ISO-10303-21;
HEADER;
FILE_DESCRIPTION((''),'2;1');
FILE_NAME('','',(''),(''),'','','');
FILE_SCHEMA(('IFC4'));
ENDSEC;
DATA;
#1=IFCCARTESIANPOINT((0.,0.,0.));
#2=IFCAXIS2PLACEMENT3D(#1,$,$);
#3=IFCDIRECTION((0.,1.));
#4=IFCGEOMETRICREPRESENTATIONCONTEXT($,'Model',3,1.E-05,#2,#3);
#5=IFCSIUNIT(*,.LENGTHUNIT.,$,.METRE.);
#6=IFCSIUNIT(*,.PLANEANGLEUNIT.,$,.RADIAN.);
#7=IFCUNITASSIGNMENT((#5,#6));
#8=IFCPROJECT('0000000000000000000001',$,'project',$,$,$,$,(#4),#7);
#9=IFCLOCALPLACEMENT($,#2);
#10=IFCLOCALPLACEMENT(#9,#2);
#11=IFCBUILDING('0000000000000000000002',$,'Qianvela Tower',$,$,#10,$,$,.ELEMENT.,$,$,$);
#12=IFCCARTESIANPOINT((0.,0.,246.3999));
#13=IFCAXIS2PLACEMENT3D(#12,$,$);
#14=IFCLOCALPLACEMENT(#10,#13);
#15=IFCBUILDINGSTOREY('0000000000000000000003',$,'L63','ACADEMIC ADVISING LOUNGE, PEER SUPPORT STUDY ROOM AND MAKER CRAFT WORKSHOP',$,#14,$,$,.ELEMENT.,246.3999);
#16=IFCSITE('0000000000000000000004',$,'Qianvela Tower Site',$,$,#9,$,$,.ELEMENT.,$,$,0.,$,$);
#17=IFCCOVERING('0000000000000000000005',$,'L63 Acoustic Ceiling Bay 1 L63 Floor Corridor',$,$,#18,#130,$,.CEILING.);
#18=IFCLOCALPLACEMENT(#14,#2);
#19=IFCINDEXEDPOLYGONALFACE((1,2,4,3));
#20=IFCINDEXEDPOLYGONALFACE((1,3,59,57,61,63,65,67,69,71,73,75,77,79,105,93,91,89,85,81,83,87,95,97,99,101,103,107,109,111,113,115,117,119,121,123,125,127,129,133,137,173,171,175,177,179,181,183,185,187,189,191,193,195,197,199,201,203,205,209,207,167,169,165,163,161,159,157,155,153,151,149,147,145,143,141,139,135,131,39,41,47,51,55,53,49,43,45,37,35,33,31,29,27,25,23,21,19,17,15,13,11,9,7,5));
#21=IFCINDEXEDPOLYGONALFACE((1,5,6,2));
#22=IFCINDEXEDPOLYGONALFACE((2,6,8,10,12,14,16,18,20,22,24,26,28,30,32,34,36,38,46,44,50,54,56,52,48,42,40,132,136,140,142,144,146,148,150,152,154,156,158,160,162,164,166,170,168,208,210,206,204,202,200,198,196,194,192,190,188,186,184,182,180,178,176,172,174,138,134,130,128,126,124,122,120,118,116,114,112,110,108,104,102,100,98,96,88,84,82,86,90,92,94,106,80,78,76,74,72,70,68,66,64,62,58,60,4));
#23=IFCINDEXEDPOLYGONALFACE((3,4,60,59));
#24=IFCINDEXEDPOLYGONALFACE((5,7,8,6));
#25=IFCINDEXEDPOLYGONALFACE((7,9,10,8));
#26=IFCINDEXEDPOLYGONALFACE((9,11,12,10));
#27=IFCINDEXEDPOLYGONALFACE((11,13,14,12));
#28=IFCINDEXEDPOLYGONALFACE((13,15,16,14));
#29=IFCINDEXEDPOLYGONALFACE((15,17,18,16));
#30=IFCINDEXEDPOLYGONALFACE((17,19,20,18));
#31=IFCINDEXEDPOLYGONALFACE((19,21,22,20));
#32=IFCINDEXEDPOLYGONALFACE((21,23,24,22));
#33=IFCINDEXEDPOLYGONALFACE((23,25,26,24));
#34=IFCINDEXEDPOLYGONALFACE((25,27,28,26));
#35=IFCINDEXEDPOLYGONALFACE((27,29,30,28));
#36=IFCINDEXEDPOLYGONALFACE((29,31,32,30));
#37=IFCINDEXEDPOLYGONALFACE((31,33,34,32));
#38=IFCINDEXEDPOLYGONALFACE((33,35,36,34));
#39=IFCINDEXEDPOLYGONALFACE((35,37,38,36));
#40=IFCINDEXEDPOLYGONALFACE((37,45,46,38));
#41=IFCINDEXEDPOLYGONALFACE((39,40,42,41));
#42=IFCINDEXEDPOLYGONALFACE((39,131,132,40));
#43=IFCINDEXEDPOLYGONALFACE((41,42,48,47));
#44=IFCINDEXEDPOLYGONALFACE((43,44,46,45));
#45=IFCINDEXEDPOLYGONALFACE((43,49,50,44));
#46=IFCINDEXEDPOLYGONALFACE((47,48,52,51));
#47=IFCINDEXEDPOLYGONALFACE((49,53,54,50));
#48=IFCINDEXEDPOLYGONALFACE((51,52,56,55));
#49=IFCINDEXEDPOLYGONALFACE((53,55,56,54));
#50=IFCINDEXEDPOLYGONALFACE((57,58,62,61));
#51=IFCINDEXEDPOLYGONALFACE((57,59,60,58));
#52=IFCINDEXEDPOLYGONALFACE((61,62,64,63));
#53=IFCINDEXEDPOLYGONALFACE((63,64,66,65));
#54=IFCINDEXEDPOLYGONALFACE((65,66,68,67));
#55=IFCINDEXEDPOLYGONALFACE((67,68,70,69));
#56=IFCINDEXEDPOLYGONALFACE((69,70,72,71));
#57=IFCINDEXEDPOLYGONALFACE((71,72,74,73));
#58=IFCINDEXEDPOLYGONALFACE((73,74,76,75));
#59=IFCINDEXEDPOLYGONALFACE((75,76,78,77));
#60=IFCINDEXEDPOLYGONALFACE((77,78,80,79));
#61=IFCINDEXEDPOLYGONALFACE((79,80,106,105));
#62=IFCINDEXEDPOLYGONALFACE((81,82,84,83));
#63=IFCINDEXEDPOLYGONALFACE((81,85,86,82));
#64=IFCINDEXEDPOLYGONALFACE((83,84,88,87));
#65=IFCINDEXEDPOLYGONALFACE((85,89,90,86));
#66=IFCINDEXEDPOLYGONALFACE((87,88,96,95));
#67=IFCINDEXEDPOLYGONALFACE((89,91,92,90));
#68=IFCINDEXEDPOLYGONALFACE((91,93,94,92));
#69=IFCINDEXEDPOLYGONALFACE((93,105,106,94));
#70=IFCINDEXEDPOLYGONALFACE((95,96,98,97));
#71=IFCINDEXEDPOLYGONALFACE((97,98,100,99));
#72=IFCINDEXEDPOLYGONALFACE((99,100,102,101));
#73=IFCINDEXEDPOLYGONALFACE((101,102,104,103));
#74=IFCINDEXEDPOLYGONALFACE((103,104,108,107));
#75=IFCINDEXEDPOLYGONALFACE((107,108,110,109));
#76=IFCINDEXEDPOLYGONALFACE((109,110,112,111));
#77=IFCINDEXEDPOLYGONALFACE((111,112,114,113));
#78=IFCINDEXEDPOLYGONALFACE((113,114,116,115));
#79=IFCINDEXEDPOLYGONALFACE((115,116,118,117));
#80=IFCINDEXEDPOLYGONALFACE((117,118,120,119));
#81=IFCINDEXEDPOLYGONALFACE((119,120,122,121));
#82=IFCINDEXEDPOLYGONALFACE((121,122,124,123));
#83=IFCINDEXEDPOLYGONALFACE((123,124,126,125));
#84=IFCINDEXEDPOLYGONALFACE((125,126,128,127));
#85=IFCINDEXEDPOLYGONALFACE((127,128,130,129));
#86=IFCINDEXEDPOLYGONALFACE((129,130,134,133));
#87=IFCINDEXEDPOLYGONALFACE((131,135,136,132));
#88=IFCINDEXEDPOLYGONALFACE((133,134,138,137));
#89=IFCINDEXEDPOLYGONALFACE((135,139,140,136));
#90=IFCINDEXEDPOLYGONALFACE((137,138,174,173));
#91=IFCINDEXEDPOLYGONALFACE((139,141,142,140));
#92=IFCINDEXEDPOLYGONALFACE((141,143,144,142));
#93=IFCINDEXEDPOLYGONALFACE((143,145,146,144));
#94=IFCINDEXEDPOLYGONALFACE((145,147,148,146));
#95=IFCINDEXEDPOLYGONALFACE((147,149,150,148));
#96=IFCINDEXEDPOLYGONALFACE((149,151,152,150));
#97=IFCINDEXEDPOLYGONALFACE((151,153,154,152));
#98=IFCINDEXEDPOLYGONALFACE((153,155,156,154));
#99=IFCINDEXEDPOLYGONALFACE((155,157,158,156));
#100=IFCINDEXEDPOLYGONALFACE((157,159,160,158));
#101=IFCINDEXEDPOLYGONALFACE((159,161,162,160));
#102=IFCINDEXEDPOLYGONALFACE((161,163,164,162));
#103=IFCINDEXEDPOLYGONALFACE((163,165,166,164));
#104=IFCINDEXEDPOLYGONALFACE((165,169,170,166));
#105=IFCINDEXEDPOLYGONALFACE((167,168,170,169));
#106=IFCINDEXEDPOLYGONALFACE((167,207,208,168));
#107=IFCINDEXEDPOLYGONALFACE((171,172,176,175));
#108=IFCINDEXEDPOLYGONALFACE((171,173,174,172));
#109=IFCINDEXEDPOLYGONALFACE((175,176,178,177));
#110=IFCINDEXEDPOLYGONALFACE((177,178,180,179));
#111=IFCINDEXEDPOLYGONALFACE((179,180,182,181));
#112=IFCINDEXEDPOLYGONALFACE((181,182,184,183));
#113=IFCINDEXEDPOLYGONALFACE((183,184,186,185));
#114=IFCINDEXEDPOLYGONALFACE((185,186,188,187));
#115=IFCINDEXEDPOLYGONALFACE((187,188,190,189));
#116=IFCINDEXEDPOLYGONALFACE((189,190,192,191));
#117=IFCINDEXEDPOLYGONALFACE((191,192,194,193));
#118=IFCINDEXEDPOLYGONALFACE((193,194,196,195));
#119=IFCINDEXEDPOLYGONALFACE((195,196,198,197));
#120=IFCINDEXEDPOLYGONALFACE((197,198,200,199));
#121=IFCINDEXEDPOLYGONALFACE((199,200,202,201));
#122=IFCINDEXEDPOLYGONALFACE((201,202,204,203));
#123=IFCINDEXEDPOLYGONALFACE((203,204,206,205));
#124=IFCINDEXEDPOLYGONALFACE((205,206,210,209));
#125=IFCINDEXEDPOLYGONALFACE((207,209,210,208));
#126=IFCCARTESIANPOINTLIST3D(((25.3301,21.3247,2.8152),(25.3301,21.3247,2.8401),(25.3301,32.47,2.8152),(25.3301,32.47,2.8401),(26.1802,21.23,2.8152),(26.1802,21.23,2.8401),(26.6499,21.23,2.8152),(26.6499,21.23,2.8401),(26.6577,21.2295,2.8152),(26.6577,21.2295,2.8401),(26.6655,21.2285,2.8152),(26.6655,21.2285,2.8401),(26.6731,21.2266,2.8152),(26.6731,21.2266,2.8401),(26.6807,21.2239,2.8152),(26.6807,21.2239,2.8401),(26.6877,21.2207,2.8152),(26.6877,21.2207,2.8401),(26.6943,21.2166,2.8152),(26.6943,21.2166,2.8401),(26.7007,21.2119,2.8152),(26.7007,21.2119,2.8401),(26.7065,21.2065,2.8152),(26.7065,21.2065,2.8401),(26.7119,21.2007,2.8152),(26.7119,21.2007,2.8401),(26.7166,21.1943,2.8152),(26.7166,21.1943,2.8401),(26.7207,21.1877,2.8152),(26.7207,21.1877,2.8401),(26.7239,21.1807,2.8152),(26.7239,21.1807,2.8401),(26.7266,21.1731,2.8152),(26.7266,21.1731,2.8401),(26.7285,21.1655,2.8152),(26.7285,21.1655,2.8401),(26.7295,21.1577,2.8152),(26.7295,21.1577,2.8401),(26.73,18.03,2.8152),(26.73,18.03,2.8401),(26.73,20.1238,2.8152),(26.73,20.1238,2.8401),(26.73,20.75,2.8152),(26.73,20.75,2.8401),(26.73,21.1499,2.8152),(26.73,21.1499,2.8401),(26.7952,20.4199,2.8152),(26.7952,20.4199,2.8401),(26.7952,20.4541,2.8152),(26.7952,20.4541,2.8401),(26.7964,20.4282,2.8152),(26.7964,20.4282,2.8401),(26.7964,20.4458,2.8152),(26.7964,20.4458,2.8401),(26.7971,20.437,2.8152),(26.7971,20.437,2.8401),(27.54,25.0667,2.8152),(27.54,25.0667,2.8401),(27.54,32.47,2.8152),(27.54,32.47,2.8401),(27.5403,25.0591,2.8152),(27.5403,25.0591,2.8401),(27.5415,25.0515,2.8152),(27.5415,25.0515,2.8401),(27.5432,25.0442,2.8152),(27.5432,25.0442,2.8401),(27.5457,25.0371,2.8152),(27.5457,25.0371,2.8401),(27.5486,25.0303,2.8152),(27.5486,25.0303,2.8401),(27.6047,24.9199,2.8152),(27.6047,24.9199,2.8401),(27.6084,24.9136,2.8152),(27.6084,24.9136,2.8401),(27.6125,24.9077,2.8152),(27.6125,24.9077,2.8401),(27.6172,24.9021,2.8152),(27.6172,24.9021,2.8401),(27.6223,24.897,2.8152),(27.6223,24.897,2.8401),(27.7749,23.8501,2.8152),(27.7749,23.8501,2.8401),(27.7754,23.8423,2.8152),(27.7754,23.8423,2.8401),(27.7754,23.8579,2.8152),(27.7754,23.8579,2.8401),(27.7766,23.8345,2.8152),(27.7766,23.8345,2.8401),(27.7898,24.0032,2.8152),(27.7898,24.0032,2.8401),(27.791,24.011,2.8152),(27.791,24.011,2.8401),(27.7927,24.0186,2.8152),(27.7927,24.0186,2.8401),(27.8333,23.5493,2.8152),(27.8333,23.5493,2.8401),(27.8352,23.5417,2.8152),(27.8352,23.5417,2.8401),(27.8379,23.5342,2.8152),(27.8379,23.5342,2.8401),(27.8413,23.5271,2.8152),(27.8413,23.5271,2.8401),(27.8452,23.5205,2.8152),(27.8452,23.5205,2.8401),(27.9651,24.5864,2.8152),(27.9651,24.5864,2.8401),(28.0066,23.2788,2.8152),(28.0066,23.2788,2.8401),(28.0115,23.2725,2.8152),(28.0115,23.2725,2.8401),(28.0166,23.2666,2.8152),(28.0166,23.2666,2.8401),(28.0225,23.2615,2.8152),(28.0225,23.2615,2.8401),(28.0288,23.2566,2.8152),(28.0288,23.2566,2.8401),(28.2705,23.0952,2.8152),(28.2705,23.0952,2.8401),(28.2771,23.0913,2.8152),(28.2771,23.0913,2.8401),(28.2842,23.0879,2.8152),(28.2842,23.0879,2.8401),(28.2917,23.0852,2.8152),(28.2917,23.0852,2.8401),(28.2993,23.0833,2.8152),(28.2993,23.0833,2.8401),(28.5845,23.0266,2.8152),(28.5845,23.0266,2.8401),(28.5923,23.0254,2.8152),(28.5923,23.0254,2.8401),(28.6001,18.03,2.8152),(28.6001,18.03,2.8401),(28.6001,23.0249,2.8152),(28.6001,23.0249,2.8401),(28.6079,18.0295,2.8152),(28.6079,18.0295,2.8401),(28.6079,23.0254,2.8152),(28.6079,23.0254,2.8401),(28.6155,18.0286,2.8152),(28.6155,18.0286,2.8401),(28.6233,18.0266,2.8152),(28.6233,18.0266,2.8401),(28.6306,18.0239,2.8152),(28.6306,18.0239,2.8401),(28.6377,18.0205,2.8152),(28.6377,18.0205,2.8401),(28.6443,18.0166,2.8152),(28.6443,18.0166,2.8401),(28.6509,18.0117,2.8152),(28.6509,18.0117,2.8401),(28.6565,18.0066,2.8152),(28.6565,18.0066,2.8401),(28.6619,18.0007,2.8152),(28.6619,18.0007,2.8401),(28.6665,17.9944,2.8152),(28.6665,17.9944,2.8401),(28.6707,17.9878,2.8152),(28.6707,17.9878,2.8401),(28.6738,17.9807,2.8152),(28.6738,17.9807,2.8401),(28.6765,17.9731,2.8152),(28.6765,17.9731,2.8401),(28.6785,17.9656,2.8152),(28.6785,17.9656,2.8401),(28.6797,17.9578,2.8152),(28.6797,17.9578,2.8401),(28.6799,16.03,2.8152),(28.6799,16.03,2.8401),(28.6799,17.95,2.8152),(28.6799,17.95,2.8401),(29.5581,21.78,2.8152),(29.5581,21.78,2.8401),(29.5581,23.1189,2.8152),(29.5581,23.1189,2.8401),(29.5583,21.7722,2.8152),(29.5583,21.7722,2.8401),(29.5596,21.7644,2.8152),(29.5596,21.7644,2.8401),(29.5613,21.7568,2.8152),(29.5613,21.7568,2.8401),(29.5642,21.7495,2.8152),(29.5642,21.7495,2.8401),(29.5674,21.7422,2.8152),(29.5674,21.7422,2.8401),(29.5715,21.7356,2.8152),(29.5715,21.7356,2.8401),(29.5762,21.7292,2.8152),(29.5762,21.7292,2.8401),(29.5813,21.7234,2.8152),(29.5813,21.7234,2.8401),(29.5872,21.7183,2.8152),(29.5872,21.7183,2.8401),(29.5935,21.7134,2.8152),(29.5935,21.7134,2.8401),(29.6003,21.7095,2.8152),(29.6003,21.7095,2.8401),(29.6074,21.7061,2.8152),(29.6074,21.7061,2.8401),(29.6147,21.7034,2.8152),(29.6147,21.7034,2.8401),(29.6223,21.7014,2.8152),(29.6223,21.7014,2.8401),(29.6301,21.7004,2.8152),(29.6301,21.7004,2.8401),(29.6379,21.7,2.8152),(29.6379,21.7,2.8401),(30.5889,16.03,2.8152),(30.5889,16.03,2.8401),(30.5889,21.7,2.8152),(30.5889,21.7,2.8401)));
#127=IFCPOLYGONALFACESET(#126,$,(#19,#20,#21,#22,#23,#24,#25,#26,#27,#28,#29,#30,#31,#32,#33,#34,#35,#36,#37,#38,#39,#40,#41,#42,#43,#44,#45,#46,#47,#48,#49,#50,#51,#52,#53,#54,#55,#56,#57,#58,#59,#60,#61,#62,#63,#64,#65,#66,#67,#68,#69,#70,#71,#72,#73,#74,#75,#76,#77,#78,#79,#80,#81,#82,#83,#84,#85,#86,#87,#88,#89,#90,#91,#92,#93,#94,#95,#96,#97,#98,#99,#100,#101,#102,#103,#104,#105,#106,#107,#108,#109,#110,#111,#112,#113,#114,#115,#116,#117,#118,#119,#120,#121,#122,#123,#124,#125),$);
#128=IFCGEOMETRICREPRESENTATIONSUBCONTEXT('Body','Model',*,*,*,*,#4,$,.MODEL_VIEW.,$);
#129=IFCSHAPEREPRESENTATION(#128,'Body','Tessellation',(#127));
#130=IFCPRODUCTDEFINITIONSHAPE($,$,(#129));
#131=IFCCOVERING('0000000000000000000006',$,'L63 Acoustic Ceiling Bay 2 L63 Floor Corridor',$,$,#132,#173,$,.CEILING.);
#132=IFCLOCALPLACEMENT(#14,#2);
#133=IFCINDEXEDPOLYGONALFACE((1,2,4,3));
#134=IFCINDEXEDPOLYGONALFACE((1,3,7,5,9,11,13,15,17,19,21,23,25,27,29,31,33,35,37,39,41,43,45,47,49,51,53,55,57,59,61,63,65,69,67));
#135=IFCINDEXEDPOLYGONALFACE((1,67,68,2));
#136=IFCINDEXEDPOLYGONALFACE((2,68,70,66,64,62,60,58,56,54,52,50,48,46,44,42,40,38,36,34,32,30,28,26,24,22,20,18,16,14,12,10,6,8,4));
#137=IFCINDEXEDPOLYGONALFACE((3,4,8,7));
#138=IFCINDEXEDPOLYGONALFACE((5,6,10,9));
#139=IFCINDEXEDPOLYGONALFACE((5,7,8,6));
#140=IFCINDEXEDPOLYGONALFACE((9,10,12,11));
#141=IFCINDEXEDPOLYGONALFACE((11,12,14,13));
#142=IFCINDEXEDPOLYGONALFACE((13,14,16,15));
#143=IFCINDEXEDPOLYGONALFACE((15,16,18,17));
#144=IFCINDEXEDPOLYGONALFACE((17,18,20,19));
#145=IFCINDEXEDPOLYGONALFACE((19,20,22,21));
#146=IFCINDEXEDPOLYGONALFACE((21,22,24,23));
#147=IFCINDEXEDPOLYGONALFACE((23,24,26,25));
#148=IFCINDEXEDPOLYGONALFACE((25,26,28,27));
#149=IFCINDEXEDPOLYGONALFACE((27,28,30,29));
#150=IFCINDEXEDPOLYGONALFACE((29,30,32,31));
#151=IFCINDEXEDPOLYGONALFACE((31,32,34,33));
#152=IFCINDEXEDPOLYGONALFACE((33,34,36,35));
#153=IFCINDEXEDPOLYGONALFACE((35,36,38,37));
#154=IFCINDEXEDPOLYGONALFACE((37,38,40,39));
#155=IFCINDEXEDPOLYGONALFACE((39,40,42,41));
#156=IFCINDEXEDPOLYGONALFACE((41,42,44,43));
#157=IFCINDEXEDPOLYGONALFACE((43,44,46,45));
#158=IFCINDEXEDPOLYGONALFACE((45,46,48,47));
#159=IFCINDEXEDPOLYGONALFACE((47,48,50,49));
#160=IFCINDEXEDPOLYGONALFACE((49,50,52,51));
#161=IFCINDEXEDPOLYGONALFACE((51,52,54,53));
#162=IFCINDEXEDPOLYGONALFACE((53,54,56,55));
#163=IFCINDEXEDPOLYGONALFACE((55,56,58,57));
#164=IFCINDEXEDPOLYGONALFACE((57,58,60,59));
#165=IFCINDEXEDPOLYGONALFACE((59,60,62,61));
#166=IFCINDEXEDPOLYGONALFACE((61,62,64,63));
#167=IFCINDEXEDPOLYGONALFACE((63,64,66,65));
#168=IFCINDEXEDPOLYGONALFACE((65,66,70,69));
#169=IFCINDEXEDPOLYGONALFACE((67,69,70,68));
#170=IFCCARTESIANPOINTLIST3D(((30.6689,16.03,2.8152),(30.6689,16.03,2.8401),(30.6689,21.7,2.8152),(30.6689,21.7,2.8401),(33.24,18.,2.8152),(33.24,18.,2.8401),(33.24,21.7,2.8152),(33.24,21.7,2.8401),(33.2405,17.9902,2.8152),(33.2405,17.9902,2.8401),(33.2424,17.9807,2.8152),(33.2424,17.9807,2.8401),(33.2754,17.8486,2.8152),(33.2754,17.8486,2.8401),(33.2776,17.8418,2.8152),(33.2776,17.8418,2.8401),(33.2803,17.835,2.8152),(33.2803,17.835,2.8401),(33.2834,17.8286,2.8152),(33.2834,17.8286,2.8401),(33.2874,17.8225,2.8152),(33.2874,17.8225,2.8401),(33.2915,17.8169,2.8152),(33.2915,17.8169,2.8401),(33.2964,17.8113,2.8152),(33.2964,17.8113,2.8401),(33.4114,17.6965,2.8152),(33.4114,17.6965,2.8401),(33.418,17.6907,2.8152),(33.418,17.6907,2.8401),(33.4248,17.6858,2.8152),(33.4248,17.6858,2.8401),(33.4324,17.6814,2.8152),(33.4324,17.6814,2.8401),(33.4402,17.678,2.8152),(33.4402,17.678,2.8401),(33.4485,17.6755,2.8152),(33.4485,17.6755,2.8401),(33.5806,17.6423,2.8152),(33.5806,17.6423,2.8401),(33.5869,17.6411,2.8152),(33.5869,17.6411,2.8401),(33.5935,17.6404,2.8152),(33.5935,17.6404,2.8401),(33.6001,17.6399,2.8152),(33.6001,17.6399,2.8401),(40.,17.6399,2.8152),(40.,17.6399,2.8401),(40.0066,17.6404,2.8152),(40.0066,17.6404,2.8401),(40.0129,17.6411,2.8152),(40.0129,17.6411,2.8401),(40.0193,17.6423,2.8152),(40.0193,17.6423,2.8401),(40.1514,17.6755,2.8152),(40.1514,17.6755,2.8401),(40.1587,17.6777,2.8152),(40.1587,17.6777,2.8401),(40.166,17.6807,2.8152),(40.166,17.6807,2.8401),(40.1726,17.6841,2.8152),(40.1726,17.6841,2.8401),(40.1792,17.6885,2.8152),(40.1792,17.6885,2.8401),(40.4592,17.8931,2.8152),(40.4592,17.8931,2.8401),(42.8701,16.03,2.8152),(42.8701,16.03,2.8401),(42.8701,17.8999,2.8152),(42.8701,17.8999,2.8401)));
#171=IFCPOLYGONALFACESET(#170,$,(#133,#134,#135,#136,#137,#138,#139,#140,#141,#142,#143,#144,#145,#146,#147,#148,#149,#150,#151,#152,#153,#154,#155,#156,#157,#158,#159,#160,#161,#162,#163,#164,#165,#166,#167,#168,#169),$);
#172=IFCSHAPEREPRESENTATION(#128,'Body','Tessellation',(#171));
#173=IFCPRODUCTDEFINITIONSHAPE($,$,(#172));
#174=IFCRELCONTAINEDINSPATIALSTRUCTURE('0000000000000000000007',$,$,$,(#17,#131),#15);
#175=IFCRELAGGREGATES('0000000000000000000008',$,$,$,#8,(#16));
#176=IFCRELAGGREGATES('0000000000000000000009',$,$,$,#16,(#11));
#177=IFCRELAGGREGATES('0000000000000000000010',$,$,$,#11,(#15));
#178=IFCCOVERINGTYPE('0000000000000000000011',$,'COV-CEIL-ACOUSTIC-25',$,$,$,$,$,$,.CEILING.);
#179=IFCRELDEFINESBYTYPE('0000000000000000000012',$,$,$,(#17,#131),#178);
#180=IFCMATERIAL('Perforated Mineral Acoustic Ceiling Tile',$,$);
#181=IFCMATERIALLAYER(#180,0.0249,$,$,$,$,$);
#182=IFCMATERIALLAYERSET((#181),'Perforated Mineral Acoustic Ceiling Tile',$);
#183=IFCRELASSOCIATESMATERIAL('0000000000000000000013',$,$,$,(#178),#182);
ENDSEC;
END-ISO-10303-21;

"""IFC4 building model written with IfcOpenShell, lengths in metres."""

from ifc_helpers import new_model, si_unit, direction, frame, origin, place, context, subcontext, project, spatial, polyline, outline, extrude, material, layer, layer_set, type_object, element, save


model = new_model("IFC4")

# Units and contexts
model_context = context("Model", 3, precision=1e-05, world=origin(), true_north=direction((0.0, 1.0)))
body_context = subcontext(model_context, "Body", "Model", "MODEL_VIEW")
ifc_project = project(units=[si_unit("LENGTHUNIT", "METRE"), si_unit("PLANEANGLEUNIT", "RADIAN")], contexts=[model_context])

# Site, building, storey
site_placement = place(None, origin())
site = spatial("IfcSite", under=ifc_project, at=site_placement, Name="Qianvela Tower Site", CompositionType="ELEMENT", RefElevation=0.0)
building_placement = place(site_placement, origin())
building = spatial("IfcBuilding", under=site, at=building_placement, Name="Qianvela Tower", CompositionType="ELEMENT")
storey_placement = place(building_placement, frame((0.0, 0.0, 246.3999)))
storey = spatial("IfcBuildingStorey", under=building, at=storey_placement, Name="L63", Description="ACADEMIC ADVISING LOUNGE, PEER SUPPORT STUDY ROOM AND MAKER CRAFT WORKSHOP", CompositionType="ELEMENT", Elevation=246.3999)

# Coverings
ifc_material_1 = material(Name="Perforated Mineral Acoustic Ceiling Tile")
ifc_layer_1 = layer(ifc_material_1, 0.0249)
ifc_layer_set_1 = layer_set([ifc_layer_1], Name="Perforated Mineral Acoustic Ceiling Tile")
covering_type_1 = type_object("IfcCoveringType", Name="COV-CEIL-ACOUSTIC-25", PredefinedType="CEILING", material=ifc_layer_set_1)
covering_1_placement = place(storey_placement, frame((0.0, 0.0, 2.8152)))
element("IfcCovering", 1, at=covering_1_placement, inside=storey, type_object=covering_type_1, Name="L63 Acoustic Ceiling Bay 1 L63 Floor Corridor", PredefinedType="CEILING", context=body_context, shape_type="SweptSolid", body=[
    extrude(outline(polyline([(27.791, 24.011), (27.7898, 24.0032), (27.7754, 23.8579), (27.7749, 23.8501), (27.7754, 23.8423), (27.7766, 23.8345), (27.8333, 23.5493), (27.8352, 23.5417), (27.8379, 23.5342), (27.8413, 23.5271), (27.8452, 23.5205), (28.0066, 23.2788), (28.0115, 23.2725), (28.0166, 23.2666), (28.0225, 23.2615), (28.0288, 23.2566), (28.2705, 23.0952), (28.2771, 23.0913), (28.2842, 23.0879), (28.2917, 23.0852), (28.2993, 23.0833), (28.5845, 23.0266), (28.5923, 23.0254), (28.6001, 23.0249), (28.6079, 23.0254), (29.5581, 23.1189), (29.5581, 21.78), (29.5583, 21.7722), (29.5596, 21.7644), (29.5613, 21.7568), (29.5642, 21.7495), (29.5674, 21.7422), (29.5715, 21.7356), (29.5762, 21.7292), (29.5813, 21.7234), (29.5872, 21.7183), (29.5935, 21.7134), (29.6003, 21.7095), (29.6074, 21.7061), (29.6147, 21.7034), (29.6223, 21.7014), (29.6301, 21.7004), (29.6379, 21.7), (30.5889, 21.7), (30.5889, 16.03), (28.6799, 16.03), (28.6799, 17.95), (28.6797, 17.9578), (28.6785, 17.9656), (28.6765, 17.9731), (28.6738, 17.9807), (28.6707, 17.9878), (28.6665, 17.9944), (28.6619, 18.0007), (28.6565, 18.0066), (28.6509, 18.0117), (28.6443, 18.0166), (28.6377, 18.0205), (28.6306, 18.0239), (28.6233, 18.0266), (28.6155, 18.0286), (28.6079, 18.0295), (28.6001, 18.03), (26.73, 18.03), (26.73, 20.1238), (26.7952, 20.4199), (26.7964, 20.4282), (26.7971, 20.437), (26.7964, 20.4458), (26.7952, 20.4541), (26.73, 20.75), (26.73, 21.1499), (26.7295, 21.1577), (26.7285, 21.1655), (26.7266, 21.1731), (26.7239, 21.1807), (26.7207, 21.1877), (26.7166, 21.1943), (26.7119, 21.2007), (26.7065, 21.2065), (26.7007, 21.2119), (26.6943, 21.2166), (26.6877, 21.2207), (26.6807, 21.2239), (26.6731, 21.2266), (26.6655, 21.2285), (26.6577, 21.2295), (26.6499, 21.23), (26.1802, 21.23), (25.3301, 21.3247), (25.3301, 32.47), (27.54, 32.47), (27.54, 25.0667), (27.5403, 25.0591), (27.5415, 25.0515), (27.5432, 25.0442), (27.5457, 25.0371), (27.5486, 25.0303), (27.6047, 24.9199), (27.6084, 24.9136), (27.6125, 24.9077), (27.6172, 24.9021), (27.6223, 24.897), (27.9651, 24.5864), (27.7927, 24.0186), (27.791, 24.011)])), origin(), (0.0, 0.0, 1.0), 0.0249),
])
covering_2_placement = place(storey_placement, frame((0.0, 0.0, 2.8152)))
element("IfcCovering", 2, at=covering_2_placement, inside=storey, type_object=covering_type_1, Name="L63 Acoustic Ceiling Bay 2 L63 Floor Corridor", PredefinedType="CEILING", context=body_context, shape_type="SweptSolid", body=[
    extrude(outline(polyline([(33.24, 21.7), (33.24, 18.0), (33.2405, 17.9902), (33.2424, 17.9807), (33.2754, 17.8486), (33.2776, 17.8418), (33.2803, 17.835), (33.2834, 17.8286), (33.2874, 17.8225), (33.2915, 17.8169), (33.2964, 17.8113), (33.4114, 17.6965), (33.418, 17.6907), (33.4248, 17.6858), (33.4324, 17.6814), (33.4402, 17.678), (33.4485, 17.6755), (33.5806, 17.6423), (33.5869, 17.6411), (33.5935, 17.6404), (33.6001, 17.6399), (40.0, 17.6399), (40.0066, 17.6404), (40.0129, 17.6411), (40.0193, 17.6423), (40.1514, 17.6755), (40.1587, 17.6777), (40.166, 17.6807), (40.1726, 17.6841), (40.1792, 17.6885), (40.4592, 17.8931), (42.8701, 17.8999), (42.8701, 16.03), (30.6689, 16.03), (30.6689, 21.7), (33.24, 21.7)])), origin(), (0.0, 0.0, 1.0), 0.0249),
])

save(model, "model.ifc")
